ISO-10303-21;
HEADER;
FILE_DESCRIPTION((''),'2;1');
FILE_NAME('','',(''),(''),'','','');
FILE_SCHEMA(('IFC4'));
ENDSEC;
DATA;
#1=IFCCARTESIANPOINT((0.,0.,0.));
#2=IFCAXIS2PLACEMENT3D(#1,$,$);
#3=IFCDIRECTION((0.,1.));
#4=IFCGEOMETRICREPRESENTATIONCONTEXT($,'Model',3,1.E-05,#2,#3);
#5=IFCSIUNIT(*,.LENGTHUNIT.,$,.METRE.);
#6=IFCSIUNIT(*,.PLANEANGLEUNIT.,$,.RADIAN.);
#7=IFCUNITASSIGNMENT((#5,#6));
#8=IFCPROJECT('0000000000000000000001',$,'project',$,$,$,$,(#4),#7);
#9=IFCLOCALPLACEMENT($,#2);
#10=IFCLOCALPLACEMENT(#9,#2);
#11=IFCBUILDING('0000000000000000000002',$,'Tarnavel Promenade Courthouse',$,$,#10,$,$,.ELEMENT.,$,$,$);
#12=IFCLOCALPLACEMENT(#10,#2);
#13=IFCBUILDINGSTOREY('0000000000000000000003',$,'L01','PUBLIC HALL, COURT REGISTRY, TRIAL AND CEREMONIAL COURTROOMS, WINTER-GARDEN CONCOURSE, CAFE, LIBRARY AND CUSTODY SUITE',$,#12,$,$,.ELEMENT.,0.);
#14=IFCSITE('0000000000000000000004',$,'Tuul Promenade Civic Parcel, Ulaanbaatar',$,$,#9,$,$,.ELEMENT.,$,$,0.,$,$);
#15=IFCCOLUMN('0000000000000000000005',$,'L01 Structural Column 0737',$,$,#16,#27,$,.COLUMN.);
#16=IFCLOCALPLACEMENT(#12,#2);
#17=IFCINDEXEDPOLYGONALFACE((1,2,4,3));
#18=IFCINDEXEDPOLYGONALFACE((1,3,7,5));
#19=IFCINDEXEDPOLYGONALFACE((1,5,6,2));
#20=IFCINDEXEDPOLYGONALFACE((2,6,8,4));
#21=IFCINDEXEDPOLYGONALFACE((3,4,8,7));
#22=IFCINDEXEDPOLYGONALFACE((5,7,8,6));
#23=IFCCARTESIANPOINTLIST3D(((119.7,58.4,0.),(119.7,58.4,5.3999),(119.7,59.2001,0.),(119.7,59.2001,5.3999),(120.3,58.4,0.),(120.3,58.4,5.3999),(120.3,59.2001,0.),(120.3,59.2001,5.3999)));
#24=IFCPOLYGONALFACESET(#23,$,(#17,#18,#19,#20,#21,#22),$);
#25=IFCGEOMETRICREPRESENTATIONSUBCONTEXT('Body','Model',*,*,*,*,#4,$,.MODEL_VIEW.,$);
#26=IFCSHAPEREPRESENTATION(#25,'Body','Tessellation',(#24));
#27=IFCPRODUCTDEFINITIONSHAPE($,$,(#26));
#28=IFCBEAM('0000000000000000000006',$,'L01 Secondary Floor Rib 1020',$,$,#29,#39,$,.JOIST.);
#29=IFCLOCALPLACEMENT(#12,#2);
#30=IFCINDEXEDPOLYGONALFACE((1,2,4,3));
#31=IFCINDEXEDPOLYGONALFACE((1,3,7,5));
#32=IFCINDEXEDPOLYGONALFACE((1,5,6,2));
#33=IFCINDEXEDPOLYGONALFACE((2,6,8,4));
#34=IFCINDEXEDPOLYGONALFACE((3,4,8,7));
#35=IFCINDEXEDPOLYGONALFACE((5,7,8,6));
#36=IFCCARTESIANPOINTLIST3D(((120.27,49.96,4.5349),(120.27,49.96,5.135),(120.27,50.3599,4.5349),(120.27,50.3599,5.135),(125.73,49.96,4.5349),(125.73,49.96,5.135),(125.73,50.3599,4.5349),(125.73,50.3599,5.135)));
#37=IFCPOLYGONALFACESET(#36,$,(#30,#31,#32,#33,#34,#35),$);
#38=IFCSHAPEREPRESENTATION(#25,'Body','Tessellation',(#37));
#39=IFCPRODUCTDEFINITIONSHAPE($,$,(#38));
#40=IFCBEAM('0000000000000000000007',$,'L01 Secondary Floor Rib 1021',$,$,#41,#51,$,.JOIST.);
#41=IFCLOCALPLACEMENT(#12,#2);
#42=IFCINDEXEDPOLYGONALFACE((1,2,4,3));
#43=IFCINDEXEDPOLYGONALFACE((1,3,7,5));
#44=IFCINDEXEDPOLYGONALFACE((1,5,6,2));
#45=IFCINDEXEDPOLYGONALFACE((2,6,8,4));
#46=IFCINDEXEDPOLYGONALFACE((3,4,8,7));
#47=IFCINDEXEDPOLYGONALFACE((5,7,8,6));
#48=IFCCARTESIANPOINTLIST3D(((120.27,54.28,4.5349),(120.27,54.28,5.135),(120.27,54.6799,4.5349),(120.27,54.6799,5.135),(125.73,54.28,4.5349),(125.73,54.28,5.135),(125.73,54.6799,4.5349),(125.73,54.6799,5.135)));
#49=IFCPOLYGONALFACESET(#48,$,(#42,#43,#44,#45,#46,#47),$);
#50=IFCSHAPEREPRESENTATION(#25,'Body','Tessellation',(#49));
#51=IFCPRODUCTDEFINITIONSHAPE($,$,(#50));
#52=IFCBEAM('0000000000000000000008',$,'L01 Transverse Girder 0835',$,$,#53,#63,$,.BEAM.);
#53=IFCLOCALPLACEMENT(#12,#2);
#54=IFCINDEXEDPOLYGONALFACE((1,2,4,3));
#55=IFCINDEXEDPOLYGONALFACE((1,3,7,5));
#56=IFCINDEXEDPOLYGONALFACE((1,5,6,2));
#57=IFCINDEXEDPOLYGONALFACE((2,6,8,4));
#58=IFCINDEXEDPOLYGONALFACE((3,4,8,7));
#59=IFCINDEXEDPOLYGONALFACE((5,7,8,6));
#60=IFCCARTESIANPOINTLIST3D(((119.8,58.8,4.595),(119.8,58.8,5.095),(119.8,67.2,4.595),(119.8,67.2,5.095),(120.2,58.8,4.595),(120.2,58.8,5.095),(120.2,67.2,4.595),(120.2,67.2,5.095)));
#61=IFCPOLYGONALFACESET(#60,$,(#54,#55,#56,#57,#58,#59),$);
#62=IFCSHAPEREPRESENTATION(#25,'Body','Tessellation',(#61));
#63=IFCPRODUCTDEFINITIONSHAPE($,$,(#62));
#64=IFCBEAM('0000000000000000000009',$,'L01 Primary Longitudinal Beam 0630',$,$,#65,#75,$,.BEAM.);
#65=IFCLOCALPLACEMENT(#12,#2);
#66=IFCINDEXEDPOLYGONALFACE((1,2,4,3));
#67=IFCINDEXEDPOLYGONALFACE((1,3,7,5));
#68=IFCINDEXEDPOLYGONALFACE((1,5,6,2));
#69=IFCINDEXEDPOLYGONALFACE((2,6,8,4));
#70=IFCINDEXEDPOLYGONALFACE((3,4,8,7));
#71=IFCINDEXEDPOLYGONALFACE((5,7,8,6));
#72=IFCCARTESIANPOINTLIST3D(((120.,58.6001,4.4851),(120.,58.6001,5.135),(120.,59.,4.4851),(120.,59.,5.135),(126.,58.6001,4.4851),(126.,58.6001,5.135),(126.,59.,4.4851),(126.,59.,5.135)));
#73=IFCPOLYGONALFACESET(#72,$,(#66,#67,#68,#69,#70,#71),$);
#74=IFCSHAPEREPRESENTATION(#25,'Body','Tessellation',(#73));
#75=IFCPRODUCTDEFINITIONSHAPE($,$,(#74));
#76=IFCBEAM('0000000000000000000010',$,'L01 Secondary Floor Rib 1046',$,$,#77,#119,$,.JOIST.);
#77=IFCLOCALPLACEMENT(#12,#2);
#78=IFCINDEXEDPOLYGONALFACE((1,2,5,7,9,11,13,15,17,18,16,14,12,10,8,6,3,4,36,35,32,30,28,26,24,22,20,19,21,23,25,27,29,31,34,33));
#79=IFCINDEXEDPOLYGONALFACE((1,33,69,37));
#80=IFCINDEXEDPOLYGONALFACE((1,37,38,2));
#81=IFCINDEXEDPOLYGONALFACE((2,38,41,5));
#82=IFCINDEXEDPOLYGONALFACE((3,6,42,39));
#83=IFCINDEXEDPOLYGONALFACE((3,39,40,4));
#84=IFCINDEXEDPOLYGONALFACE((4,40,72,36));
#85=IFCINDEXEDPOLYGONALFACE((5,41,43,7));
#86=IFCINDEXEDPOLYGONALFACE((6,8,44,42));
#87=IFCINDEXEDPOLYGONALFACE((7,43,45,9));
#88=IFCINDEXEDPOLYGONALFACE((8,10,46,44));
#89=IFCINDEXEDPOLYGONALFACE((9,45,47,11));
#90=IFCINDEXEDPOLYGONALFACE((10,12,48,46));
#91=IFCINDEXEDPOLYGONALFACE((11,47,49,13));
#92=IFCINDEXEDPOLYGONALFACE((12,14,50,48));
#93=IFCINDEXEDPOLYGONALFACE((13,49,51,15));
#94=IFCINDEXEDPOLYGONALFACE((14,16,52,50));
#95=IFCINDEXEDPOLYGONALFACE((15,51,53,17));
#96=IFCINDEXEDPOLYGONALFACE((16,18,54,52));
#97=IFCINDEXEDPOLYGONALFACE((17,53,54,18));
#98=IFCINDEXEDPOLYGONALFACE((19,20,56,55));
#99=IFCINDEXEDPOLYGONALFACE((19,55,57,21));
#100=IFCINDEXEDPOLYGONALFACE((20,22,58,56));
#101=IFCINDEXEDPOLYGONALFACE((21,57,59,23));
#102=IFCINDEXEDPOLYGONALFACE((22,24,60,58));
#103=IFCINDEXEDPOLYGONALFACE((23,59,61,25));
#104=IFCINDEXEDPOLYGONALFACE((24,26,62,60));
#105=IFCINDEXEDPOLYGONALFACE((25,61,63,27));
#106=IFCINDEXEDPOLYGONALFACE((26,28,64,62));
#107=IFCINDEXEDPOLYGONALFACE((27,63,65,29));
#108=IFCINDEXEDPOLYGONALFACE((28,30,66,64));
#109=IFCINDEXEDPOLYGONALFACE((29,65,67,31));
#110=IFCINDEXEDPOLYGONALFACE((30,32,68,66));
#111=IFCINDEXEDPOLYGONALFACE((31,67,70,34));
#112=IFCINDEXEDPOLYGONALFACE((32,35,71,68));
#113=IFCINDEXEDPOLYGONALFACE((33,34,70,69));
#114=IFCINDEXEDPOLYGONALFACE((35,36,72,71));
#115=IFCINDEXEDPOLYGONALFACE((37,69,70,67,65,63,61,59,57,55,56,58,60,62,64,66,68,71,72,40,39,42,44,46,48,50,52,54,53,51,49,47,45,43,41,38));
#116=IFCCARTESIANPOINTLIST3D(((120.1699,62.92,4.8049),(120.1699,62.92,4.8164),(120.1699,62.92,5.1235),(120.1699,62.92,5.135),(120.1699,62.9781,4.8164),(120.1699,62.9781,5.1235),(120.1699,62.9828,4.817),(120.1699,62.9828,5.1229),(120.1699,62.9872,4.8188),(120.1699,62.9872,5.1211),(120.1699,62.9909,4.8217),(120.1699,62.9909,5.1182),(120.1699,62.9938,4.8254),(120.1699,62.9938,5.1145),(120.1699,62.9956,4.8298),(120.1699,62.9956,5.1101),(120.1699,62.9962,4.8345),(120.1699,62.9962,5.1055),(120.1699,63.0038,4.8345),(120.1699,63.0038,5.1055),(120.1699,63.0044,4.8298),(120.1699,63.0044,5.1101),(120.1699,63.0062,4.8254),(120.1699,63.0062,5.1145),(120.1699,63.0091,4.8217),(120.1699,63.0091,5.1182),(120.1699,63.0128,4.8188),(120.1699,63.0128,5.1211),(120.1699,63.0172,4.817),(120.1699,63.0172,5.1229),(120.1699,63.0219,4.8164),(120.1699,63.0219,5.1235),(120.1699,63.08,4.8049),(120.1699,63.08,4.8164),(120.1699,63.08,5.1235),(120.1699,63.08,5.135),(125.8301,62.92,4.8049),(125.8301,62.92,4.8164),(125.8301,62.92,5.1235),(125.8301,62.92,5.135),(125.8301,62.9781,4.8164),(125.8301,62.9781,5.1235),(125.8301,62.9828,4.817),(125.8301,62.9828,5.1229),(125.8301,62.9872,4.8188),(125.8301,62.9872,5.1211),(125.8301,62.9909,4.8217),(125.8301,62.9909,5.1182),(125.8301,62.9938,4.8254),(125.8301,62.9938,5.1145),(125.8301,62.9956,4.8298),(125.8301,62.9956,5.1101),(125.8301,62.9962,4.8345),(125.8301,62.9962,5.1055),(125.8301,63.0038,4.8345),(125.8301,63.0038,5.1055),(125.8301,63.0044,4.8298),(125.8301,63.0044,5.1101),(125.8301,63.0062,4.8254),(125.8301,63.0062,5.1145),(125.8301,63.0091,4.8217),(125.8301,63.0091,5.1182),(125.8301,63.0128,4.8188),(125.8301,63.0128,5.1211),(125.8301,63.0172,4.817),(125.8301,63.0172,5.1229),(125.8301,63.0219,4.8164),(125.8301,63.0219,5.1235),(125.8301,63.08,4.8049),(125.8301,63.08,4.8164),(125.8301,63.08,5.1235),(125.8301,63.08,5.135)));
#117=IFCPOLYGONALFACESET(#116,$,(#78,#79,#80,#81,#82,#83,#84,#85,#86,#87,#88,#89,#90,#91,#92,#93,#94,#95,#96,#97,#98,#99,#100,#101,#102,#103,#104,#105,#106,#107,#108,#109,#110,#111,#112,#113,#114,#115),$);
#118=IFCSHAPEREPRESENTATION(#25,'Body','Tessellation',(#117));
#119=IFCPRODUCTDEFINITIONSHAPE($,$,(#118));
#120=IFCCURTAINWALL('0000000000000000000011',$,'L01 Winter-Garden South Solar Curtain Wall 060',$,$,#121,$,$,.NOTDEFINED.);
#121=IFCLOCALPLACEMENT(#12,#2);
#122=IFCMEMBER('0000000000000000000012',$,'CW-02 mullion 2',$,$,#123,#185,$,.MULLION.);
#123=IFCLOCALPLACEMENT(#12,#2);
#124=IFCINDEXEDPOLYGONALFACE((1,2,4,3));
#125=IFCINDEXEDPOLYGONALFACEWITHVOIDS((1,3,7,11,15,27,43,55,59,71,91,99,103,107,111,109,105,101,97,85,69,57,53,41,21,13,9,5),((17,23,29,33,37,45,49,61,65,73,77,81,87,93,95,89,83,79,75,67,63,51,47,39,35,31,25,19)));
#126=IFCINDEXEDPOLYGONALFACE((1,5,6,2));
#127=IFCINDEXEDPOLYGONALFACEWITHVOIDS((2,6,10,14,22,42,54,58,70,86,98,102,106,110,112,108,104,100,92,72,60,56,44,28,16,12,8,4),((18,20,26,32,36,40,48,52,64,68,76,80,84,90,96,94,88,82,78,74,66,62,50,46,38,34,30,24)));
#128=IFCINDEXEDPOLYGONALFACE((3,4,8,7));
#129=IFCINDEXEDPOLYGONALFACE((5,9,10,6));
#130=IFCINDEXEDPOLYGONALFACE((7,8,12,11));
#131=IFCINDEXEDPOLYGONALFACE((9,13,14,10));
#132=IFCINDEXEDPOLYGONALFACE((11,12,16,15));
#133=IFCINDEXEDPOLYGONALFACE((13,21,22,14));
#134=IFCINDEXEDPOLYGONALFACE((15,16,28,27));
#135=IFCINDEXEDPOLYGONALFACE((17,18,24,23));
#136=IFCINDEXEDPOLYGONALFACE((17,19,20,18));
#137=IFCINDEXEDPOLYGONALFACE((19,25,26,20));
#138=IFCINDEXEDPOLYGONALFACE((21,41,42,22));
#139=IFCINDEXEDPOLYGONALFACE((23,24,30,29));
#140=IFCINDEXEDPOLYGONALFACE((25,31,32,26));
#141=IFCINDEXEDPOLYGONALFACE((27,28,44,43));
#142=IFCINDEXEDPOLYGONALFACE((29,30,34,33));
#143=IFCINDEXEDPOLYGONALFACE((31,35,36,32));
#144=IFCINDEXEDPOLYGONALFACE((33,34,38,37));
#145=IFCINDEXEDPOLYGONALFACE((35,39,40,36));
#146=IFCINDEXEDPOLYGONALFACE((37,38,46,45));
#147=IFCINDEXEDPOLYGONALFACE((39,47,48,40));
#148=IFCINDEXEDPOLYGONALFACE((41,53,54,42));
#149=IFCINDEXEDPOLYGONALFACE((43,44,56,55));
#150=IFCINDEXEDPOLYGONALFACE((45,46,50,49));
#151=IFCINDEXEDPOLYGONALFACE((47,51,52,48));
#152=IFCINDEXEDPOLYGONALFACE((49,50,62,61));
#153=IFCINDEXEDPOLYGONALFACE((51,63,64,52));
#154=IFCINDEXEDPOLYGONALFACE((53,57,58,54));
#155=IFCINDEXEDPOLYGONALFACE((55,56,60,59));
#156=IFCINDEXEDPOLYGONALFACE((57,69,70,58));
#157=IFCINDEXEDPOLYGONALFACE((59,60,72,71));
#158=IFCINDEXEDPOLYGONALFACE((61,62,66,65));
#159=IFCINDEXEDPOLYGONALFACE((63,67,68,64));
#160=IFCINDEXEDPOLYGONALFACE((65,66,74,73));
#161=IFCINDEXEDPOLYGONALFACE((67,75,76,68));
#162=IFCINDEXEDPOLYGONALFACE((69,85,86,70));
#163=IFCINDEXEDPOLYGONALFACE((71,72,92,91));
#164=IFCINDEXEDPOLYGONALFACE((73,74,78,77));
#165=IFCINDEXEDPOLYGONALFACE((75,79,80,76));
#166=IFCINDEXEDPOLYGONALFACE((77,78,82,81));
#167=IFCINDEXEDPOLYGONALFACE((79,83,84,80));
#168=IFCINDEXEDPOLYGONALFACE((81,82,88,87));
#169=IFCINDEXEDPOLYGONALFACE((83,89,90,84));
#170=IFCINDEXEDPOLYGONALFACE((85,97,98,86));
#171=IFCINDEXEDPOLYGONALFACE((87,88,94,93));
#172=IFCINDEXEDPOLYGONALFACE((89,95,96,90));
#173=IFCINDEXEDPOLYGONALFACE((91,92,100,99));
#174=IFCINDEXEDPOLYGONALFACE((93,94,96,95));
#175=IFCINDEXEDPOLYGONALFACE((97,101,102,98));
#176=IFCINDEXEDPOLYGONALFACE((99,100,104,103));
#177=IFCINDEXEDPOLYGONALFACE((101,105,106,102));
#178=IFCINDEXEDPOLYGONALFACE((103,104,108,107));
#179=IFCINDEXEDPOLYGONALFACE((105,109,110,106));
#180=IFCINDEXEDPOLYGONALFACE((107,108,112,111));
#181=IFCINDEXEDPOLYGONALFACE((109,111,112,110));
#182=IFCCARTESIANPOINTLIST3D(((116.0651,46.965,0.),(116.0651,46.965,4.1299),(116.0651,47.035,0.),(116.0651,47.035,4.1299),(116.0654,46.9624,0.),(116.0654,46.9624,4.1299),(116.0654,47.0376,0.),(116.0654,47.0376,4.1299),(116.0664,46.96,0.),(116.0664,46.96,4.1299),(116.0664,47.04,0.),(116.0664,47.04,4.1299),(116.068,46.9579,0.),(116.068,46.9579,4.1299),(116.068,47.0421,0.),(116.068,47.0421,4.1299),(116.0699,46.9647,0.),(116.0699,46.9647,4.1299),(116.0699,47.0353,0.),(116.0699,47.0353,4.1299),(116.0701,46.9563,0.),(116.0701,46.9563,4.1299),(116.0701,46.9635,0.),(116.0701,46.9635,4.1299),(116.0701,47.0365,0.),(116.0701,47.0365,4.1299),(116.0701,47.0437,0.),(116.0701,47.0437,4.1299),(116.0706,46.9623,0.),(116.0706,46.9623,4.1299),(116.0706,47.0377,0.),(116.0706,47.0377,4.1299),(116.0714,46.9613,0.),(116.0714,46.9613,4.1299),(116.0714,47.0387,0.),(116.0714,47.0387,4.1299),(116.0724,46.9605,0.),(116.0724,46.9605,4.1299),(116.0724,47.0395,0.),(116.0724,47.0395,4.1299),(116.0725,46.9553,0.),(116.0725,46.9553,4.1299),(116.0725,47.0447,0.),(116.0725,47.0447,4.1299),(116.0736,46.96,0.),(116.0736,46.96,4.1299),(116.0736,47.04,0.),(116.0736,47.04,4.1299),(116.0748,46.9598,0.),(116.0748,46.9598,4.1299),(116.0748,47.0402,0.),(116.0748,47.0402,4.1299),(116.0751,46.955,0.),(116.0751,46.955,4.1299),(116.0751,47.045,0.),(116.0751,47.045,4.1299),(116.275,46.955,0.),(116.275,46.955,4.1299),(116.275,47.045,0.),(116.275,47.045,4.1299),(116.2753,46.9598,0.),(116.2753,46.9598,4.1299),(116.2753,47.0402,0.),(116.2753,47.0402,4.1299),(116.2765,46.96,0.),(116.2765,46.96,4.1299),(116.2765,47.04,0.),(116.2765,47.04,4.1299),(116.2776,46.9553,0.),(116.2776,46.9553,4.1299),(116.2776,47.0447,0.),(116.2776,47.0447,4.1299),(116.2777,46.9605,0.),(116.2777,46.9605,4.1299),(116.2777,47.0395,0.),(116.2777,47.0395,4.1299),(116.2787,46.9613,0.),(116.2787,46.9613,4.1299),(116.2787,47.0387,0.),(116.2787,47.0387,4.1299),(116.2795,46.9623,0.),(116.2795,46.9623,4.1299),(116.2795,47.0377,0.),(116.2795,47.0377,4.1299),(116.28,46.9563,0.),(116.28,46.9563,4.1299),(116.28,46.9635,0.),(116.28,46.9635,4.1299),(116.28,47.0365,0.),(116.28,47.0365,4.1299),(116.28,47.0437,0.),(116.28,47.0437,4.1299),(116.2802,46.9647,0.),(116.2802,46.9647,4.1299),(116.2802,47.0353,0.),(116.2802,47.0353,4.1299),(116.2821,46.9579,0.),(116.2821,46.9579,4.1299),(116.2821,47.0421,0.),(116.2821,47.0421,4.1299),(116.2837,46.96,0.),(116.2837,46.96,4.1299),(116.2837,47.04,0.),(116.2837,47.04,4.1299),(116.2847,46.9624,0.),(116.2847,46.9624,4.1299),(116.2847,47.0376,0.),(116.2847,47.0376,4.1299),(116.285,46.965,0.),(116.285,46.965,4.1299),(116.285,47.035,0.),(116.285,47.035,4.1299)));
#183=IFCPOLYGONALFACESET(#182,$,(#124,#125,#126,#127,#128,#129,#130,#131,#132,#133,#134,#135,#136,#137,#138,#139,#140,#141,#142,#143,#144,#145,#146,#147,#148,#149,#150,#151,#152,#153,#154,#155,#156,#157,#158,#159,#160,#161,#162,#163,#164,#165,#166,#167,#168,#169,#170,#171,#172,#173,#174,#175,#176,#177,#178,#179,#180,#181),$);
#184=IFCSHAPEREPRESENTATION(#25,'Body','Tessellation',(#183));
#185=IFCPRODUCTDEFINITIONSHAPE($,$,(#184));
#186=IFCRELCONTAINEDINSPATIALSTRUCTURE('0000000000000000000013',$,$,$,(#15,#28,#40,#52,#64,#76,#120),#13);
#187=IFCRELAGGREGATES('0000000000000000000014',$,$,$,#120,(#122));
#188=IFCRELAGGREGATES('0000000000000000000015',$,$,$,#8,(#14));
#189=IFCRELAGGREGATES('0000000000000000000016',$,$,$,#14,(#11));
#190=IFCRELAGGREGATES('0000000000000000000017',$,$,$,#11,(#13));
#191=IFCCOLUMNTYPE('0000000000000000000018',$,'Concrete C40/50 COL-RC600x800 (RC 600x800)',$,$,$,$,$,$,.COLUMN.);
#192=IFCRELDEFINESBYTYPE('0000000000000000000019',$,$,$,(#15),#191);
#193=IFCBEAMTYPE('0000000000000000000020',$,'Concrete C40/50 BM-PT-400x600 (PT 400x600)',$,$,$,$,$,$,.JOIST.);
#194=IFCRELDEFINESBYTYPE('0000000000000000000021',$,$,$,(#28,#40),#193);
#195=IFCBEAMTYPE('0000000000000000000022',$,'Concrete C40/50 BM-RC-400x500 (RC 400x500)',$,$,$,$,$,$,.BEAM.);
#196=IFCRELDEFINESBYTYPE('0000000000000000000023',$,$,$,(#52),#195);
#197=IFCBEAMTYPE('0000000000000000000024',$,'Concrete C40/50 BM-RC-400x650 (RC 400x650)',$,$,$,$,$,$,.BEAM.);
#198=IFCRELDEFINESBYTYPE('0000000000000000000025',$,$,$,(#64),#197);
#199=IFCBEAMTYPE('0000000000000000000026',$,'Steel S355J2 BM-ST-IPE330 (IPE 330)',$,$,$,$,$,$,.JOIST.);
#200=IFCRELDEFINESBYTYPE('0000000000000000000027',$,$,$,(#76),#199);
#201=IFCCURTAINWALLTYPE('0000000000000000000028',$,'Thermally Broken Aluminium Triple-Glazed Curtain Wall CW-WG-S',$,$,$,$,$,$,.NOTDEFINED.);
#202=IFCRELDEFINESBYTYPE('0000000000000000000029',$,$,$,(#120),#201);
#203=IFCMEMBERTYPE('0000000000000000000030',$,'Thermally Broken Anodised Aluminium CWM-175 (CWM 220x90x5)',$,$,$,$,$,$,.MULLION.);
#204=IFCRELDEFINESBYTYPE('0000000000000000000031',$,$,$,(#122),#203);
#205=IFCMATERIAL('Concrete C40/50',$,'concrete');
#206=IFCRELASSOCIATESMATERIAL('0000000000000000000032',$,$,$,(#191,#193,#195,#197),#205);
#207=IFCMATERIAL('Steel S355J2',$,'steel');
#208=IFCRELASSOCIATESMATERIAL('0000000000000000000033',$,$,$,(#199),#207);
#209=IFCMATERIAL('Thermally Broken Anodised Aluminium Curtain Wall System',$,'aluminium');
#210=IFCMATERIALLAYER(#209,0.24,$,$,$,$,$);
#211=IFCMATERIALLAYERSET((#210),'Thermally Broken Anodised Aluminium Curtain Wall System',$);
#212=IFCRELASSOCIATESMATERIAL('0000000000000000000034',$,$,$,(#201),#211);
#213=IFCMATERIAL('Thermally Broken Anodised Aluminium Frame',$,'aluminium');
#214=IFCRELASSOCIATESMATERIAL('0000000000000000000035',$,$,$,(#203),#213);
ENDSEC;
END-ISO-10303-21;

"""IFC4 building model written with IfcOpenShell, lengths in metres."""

from ifc_helpers import new_model, si_unit, direction, frame, origin, origin_2d, place, context, subcontext, project, spatial, rectangle, hollow_rectangle, i_section, extrude, material, layer, layer_set, material_profile, profile_set, type_object, element, aggregate, save


model = new_model("IFC4")

# Units and contexts
model_context = context("Model", 3, precision=1e-05, world=origin(), true_north=direction((0.0, 1.0)))
body_context = subcontext(model_context, "Body", "Model", "MODEL_VIEW")
ifc_project = project(units=[si_unit("LENGTHUNIT", "METRE"), si_unit("PLANEANGLEUNIT", "RADIAN")], contexts=[model_context])

# Site, building, storey
site_placement = place(None, origin())
site = spatial("IfcSite", under=ifc_project, at=site_placement, Name="Tuul Promenade Civic Parcel, Ulaanbaatar", CompositionType="ELEMENT", RefElevation=0.0)
building_placement = place(site_placement, origin())
building = spatial("IfcBuilding", under=site, at=building_placement, Name="Tarnavel Promenade Courthouse", CompositionType="ELEMENT")
storey_placement = place(building_placement, origin())
storey = spatial("IfcBuildingStorey", under=building, at=storey_placement, Name="L01", Description="PUBLIC HALL, COURT REGISTRY, TRIAL AND CEREMONIAL COURTROOMS, WINTER-GARDEN CONCOURSE, CAFE, LIBRARY AND CUSTODY SUITE", CompositionType="ELEMENT", Elevation=0.0)

# Column
ifc_material_1 = material(Name="Concrete C40/50", Category="concrete")
ifc_material_profile_1 = material_profile(ifc_material_1, rectangle(XDim=0.6001, YDim=0.8, at=origin_2d()), Name="RC 600x800")
ifc_profile_set_1 = profile_set([ifc_material_profile_1], Name="Concrete C40/50")
column_type = type_object("IfcColumnType", Name="Concrete C40/50 COL-RC600x800 (RC 600x800)", PredefinedType="COLUMN", material=ifc_profile_set_1)
column_placement = place(storey_placement, frame((120.0, 58.8, 0.0), z_axis=(0.0, 0.0, 1.0), x_axis=(1.0, 0.0, 0.0)))
element("IfcColumn", 1, at=column_placement, inside=storey, type_object=column_type, Name="L01 Structural Column 0737", PredefinedType="COLUMN", context=body_context, shape_type="SweptSolid", body=[
    extrude(rectangle(XDim=0.6001, YDim=0.8, at=origin_2d()), origin(), (0.0, 0.0, 1.0), 5.3999),
])

# Beams
ifc_material_profile_2 = material_profile(ifc_material_1, rectangle(XDim=0.3999, YDim=0.6001, at=origin_2d()), Name="PT 400x600")
ifc_profile_set_2 = profile_set([ifc_material_profile_2], Name="Concrete C40/50")
beam_type_1 = type_object("IfcBeamType", Name="Concrete C40/50 BM-PT-400x600 (PT 400x600)", PredefinedType="JOIST", material=ifc_profile_set_2)
for number, where, z_axis, x_axis, name in (
    (2, (120.27, 50.1599, 4.835), (1.0, 0.0, 0.0), (0.0, 1.0, 0.0), "L01 Secondary Floor Rib 1020"),
    (3, (120.27, 54.48, 4.835), (1.0, 0.0, 0.0), (0.0, 1.0, 0.0), "L01 Secondary Floor Rib 1021"),
):
    element("IfcBeam", number, at=place(storey_placement, frame(where, z_axis=z_axis, x_axis=x_axis)), inside=storey, type_object=beam_type_1, Name=name, PredefinedType="JOIST", context=body_context, shape_type="SweptSolid", body=[
        extrude(rectangle(XDim=0.3999, YDim=0.6001, at=origin_2d()), origin(), (0.0, 0.0, 1.0), 5.46),
    ])
ifc_material_profile_3 = material_profile(ifc_material_1, rectangle(XDim=0.3999, YDim=0.5, at=origin_2d()), Name="RC 400x500")
ifc_profile_set_3 = profile_set([ifc_material_profile_3], Name="Concrete C40/50")
beam_type_2 = type_object("IfcBeamType", Name="Concrete C40/50 BM-RC-400x500 (RC 400x500)", PredefinedType="BEAM", material=ifc_profile_set_3)
beam_1_placement = place(storey_placement, frame((120.0, 58.8, 4.845), z_axis=(0.0, 1.0, 0.0), x_axis=(-1.0, 0.0, 0.0)))
element("IfcBeam", 4, at=beam_1_placement, inside=storey, type_object=beam_type_2, Name="L01 Transverse Girder 0835", PredefinedType="BEAM", context=body_context, shape_type="SweptSolid", body=[
    extrude(rectangle(XDim=0.3999, YDim=0.5, at=origin_2d()), origin(), (0.0, 0.0, 1.0), 8.3999),
])
ifc_material_profile_4 = material_profile(ifc_material_1, rectangle(XDim=0.3999, YDim=0.6499, at=origin_2d()), Name="RC 400x650")
ifc_profile_set_4 = profile_set([ifc_material_profile_4], Name="Concrete C40/50")
beam_type_3 = type_object("IfcBeamType", Name="Concrete C40/50 BM-RC-400x650 (RC 400x650)", PredefinedType="BEAM", material=ifc_profile_set_4)
beam_2_placement = place(storey_placement, frame((120.0, 58.8, 4.8101), z_axis=(1.0, 0.0, 0.0), x_axis=(0.0, 1.0, 0.0)))
element("IfcBeam", 5, at=beam_2_placement, inside=storey, type_object=beam_type_3, Name="L01 Primary Longitudinal Beam 0630", PredefinedType="BEAM", context=body_context, shape_type="SweptSolid", body=[
    extrude(rectangle(XDim=0.3999, YDim=0.6499, at=origin_2d()), origin(), (0.0, 0.0, 1.0), 6.0),
])
ifc_material_2 = material(Name="Steel S355J2", Category="steel")
ifc_material_profile_5 = material_profile(ifc_material_2, i_section(OverallWidth=0.1599, OverallDepth=0.3301, WebThickness=0.0076, FlangeThickness=0.0115, FilletRadius=0.0181, at=origin_2d()), Name="IPE 330")
ifc_profile_set_5 = profile_set([ifc_material_profile_5], Name="Steel S355J2")
beam_type_4 = type_object("IfcBeamType", Name="Steel S355J2 BM-ST-IPE330 (IPE 330)", PredefinedType="JOIST", material=ifc_profile_set_5)
beam_3_placement = place(storey_placement, frame((120.1699, 63.0, 4.97), z_axis=(1.0, 0.0, 0.0), x_axis=(0.0, 1.0, 0.0)))
element("IfcBeam", 6, at=beam_3_placement, inside=storey, type_object=beam_type_4, Name="L01 Secondary Floor Rib 1046", PredefinedType="JOIST", context=body_context, shape_type="SweptSolid", body=[
    extrude(i_section(OverallWidth=0.1599, OverallDepth=0.3301, WebThickness=0.0076, FlangeThickness=0.0115, FilletRadius=0.0181, at=origin_2d()), origin(), (0.0, 0.0, 1.0), 5.6602),
])

# Curtain wall, member
ifc_material_3 = material(Name="Thermally Broken Anodised Aluminium Curtain Wall System", Category="aluminium")
ifc_layer_1 = layer(ifc_material_3, 0.24)
ifc_layer_set_1 = layer_set([ifc_layer_1], Name="Thermally Broken Anodised Aluminium Curtain Wall System")
curtain_wall_type = type_object("IfcCurtainWallType", Name="Thermally Broken Aluminium Triple-Glazed Curtain Wall CW-WG-S", PredefinedType="NOTDEFINED", material=ifc_layer_set_1)
curtain_wall_1_placement = place(storey_placement, origin())
curtain_wall_1 = element("IfcCurtainWall", 7, at=curtain_wall_1_placement, inside=storey, type_object=curtain_wall_type, Name="L01 Winter-Garden South Solar Curtain Wall 060", PredefinedType="NOTDEFINED")
ifc_material_4 = material(Name="Thermally Broken Anodised Aluminium Frame", Category="aluminium")
ifc_material_profile_6 = material_profile(ifc_material_4, hollow_rectangle(XDim=0.0901, YDim=0.22, WallThickness=0.0049, InnerFilletRadius=0.0049, OuterFilletRadius=0.01, at=origin_2d()), Name="CWM 220x90x5")
ifc_profile_set_6 = profile_set([ifc_material_profile_6], Name="Thermally Broken Anodised Aluminium Frame")
member_type_1 = type_object("IfcMemberType", Name="Thermally Broken Anodised Aluminium CWM-175 (CWM 220x90x5)", PredefinedType="MULLION", material=ifc_profile_set_6)
member_1_placement = place(storey_placement, frame((116.175, 47.0, 0.0), z_axis=(0.0, 0.0, 1.0), x_axis=(0.0, 1.0, 0.0)))
member_1 = element("IfcMember", 8, at=member_1_placement, type_object=member_type_1, Name="CW-02 mullion 2", PredefinedType="MULLION", context=body_context, shape_type="SweptSolid", body=[
    extrude(hollow_rectangle(XDim=0.0901, YDim=0.22, WallThickness=0.0049, InnerFilletRadius=0.0049, OuterFilletRadius=0.01, at=origin_2d()), origin(), (0.0, 0.0, 1.0), 4.1299),
])

aggregate(curtain_wall_1, [member_1])

save(model, "model.ifc")
